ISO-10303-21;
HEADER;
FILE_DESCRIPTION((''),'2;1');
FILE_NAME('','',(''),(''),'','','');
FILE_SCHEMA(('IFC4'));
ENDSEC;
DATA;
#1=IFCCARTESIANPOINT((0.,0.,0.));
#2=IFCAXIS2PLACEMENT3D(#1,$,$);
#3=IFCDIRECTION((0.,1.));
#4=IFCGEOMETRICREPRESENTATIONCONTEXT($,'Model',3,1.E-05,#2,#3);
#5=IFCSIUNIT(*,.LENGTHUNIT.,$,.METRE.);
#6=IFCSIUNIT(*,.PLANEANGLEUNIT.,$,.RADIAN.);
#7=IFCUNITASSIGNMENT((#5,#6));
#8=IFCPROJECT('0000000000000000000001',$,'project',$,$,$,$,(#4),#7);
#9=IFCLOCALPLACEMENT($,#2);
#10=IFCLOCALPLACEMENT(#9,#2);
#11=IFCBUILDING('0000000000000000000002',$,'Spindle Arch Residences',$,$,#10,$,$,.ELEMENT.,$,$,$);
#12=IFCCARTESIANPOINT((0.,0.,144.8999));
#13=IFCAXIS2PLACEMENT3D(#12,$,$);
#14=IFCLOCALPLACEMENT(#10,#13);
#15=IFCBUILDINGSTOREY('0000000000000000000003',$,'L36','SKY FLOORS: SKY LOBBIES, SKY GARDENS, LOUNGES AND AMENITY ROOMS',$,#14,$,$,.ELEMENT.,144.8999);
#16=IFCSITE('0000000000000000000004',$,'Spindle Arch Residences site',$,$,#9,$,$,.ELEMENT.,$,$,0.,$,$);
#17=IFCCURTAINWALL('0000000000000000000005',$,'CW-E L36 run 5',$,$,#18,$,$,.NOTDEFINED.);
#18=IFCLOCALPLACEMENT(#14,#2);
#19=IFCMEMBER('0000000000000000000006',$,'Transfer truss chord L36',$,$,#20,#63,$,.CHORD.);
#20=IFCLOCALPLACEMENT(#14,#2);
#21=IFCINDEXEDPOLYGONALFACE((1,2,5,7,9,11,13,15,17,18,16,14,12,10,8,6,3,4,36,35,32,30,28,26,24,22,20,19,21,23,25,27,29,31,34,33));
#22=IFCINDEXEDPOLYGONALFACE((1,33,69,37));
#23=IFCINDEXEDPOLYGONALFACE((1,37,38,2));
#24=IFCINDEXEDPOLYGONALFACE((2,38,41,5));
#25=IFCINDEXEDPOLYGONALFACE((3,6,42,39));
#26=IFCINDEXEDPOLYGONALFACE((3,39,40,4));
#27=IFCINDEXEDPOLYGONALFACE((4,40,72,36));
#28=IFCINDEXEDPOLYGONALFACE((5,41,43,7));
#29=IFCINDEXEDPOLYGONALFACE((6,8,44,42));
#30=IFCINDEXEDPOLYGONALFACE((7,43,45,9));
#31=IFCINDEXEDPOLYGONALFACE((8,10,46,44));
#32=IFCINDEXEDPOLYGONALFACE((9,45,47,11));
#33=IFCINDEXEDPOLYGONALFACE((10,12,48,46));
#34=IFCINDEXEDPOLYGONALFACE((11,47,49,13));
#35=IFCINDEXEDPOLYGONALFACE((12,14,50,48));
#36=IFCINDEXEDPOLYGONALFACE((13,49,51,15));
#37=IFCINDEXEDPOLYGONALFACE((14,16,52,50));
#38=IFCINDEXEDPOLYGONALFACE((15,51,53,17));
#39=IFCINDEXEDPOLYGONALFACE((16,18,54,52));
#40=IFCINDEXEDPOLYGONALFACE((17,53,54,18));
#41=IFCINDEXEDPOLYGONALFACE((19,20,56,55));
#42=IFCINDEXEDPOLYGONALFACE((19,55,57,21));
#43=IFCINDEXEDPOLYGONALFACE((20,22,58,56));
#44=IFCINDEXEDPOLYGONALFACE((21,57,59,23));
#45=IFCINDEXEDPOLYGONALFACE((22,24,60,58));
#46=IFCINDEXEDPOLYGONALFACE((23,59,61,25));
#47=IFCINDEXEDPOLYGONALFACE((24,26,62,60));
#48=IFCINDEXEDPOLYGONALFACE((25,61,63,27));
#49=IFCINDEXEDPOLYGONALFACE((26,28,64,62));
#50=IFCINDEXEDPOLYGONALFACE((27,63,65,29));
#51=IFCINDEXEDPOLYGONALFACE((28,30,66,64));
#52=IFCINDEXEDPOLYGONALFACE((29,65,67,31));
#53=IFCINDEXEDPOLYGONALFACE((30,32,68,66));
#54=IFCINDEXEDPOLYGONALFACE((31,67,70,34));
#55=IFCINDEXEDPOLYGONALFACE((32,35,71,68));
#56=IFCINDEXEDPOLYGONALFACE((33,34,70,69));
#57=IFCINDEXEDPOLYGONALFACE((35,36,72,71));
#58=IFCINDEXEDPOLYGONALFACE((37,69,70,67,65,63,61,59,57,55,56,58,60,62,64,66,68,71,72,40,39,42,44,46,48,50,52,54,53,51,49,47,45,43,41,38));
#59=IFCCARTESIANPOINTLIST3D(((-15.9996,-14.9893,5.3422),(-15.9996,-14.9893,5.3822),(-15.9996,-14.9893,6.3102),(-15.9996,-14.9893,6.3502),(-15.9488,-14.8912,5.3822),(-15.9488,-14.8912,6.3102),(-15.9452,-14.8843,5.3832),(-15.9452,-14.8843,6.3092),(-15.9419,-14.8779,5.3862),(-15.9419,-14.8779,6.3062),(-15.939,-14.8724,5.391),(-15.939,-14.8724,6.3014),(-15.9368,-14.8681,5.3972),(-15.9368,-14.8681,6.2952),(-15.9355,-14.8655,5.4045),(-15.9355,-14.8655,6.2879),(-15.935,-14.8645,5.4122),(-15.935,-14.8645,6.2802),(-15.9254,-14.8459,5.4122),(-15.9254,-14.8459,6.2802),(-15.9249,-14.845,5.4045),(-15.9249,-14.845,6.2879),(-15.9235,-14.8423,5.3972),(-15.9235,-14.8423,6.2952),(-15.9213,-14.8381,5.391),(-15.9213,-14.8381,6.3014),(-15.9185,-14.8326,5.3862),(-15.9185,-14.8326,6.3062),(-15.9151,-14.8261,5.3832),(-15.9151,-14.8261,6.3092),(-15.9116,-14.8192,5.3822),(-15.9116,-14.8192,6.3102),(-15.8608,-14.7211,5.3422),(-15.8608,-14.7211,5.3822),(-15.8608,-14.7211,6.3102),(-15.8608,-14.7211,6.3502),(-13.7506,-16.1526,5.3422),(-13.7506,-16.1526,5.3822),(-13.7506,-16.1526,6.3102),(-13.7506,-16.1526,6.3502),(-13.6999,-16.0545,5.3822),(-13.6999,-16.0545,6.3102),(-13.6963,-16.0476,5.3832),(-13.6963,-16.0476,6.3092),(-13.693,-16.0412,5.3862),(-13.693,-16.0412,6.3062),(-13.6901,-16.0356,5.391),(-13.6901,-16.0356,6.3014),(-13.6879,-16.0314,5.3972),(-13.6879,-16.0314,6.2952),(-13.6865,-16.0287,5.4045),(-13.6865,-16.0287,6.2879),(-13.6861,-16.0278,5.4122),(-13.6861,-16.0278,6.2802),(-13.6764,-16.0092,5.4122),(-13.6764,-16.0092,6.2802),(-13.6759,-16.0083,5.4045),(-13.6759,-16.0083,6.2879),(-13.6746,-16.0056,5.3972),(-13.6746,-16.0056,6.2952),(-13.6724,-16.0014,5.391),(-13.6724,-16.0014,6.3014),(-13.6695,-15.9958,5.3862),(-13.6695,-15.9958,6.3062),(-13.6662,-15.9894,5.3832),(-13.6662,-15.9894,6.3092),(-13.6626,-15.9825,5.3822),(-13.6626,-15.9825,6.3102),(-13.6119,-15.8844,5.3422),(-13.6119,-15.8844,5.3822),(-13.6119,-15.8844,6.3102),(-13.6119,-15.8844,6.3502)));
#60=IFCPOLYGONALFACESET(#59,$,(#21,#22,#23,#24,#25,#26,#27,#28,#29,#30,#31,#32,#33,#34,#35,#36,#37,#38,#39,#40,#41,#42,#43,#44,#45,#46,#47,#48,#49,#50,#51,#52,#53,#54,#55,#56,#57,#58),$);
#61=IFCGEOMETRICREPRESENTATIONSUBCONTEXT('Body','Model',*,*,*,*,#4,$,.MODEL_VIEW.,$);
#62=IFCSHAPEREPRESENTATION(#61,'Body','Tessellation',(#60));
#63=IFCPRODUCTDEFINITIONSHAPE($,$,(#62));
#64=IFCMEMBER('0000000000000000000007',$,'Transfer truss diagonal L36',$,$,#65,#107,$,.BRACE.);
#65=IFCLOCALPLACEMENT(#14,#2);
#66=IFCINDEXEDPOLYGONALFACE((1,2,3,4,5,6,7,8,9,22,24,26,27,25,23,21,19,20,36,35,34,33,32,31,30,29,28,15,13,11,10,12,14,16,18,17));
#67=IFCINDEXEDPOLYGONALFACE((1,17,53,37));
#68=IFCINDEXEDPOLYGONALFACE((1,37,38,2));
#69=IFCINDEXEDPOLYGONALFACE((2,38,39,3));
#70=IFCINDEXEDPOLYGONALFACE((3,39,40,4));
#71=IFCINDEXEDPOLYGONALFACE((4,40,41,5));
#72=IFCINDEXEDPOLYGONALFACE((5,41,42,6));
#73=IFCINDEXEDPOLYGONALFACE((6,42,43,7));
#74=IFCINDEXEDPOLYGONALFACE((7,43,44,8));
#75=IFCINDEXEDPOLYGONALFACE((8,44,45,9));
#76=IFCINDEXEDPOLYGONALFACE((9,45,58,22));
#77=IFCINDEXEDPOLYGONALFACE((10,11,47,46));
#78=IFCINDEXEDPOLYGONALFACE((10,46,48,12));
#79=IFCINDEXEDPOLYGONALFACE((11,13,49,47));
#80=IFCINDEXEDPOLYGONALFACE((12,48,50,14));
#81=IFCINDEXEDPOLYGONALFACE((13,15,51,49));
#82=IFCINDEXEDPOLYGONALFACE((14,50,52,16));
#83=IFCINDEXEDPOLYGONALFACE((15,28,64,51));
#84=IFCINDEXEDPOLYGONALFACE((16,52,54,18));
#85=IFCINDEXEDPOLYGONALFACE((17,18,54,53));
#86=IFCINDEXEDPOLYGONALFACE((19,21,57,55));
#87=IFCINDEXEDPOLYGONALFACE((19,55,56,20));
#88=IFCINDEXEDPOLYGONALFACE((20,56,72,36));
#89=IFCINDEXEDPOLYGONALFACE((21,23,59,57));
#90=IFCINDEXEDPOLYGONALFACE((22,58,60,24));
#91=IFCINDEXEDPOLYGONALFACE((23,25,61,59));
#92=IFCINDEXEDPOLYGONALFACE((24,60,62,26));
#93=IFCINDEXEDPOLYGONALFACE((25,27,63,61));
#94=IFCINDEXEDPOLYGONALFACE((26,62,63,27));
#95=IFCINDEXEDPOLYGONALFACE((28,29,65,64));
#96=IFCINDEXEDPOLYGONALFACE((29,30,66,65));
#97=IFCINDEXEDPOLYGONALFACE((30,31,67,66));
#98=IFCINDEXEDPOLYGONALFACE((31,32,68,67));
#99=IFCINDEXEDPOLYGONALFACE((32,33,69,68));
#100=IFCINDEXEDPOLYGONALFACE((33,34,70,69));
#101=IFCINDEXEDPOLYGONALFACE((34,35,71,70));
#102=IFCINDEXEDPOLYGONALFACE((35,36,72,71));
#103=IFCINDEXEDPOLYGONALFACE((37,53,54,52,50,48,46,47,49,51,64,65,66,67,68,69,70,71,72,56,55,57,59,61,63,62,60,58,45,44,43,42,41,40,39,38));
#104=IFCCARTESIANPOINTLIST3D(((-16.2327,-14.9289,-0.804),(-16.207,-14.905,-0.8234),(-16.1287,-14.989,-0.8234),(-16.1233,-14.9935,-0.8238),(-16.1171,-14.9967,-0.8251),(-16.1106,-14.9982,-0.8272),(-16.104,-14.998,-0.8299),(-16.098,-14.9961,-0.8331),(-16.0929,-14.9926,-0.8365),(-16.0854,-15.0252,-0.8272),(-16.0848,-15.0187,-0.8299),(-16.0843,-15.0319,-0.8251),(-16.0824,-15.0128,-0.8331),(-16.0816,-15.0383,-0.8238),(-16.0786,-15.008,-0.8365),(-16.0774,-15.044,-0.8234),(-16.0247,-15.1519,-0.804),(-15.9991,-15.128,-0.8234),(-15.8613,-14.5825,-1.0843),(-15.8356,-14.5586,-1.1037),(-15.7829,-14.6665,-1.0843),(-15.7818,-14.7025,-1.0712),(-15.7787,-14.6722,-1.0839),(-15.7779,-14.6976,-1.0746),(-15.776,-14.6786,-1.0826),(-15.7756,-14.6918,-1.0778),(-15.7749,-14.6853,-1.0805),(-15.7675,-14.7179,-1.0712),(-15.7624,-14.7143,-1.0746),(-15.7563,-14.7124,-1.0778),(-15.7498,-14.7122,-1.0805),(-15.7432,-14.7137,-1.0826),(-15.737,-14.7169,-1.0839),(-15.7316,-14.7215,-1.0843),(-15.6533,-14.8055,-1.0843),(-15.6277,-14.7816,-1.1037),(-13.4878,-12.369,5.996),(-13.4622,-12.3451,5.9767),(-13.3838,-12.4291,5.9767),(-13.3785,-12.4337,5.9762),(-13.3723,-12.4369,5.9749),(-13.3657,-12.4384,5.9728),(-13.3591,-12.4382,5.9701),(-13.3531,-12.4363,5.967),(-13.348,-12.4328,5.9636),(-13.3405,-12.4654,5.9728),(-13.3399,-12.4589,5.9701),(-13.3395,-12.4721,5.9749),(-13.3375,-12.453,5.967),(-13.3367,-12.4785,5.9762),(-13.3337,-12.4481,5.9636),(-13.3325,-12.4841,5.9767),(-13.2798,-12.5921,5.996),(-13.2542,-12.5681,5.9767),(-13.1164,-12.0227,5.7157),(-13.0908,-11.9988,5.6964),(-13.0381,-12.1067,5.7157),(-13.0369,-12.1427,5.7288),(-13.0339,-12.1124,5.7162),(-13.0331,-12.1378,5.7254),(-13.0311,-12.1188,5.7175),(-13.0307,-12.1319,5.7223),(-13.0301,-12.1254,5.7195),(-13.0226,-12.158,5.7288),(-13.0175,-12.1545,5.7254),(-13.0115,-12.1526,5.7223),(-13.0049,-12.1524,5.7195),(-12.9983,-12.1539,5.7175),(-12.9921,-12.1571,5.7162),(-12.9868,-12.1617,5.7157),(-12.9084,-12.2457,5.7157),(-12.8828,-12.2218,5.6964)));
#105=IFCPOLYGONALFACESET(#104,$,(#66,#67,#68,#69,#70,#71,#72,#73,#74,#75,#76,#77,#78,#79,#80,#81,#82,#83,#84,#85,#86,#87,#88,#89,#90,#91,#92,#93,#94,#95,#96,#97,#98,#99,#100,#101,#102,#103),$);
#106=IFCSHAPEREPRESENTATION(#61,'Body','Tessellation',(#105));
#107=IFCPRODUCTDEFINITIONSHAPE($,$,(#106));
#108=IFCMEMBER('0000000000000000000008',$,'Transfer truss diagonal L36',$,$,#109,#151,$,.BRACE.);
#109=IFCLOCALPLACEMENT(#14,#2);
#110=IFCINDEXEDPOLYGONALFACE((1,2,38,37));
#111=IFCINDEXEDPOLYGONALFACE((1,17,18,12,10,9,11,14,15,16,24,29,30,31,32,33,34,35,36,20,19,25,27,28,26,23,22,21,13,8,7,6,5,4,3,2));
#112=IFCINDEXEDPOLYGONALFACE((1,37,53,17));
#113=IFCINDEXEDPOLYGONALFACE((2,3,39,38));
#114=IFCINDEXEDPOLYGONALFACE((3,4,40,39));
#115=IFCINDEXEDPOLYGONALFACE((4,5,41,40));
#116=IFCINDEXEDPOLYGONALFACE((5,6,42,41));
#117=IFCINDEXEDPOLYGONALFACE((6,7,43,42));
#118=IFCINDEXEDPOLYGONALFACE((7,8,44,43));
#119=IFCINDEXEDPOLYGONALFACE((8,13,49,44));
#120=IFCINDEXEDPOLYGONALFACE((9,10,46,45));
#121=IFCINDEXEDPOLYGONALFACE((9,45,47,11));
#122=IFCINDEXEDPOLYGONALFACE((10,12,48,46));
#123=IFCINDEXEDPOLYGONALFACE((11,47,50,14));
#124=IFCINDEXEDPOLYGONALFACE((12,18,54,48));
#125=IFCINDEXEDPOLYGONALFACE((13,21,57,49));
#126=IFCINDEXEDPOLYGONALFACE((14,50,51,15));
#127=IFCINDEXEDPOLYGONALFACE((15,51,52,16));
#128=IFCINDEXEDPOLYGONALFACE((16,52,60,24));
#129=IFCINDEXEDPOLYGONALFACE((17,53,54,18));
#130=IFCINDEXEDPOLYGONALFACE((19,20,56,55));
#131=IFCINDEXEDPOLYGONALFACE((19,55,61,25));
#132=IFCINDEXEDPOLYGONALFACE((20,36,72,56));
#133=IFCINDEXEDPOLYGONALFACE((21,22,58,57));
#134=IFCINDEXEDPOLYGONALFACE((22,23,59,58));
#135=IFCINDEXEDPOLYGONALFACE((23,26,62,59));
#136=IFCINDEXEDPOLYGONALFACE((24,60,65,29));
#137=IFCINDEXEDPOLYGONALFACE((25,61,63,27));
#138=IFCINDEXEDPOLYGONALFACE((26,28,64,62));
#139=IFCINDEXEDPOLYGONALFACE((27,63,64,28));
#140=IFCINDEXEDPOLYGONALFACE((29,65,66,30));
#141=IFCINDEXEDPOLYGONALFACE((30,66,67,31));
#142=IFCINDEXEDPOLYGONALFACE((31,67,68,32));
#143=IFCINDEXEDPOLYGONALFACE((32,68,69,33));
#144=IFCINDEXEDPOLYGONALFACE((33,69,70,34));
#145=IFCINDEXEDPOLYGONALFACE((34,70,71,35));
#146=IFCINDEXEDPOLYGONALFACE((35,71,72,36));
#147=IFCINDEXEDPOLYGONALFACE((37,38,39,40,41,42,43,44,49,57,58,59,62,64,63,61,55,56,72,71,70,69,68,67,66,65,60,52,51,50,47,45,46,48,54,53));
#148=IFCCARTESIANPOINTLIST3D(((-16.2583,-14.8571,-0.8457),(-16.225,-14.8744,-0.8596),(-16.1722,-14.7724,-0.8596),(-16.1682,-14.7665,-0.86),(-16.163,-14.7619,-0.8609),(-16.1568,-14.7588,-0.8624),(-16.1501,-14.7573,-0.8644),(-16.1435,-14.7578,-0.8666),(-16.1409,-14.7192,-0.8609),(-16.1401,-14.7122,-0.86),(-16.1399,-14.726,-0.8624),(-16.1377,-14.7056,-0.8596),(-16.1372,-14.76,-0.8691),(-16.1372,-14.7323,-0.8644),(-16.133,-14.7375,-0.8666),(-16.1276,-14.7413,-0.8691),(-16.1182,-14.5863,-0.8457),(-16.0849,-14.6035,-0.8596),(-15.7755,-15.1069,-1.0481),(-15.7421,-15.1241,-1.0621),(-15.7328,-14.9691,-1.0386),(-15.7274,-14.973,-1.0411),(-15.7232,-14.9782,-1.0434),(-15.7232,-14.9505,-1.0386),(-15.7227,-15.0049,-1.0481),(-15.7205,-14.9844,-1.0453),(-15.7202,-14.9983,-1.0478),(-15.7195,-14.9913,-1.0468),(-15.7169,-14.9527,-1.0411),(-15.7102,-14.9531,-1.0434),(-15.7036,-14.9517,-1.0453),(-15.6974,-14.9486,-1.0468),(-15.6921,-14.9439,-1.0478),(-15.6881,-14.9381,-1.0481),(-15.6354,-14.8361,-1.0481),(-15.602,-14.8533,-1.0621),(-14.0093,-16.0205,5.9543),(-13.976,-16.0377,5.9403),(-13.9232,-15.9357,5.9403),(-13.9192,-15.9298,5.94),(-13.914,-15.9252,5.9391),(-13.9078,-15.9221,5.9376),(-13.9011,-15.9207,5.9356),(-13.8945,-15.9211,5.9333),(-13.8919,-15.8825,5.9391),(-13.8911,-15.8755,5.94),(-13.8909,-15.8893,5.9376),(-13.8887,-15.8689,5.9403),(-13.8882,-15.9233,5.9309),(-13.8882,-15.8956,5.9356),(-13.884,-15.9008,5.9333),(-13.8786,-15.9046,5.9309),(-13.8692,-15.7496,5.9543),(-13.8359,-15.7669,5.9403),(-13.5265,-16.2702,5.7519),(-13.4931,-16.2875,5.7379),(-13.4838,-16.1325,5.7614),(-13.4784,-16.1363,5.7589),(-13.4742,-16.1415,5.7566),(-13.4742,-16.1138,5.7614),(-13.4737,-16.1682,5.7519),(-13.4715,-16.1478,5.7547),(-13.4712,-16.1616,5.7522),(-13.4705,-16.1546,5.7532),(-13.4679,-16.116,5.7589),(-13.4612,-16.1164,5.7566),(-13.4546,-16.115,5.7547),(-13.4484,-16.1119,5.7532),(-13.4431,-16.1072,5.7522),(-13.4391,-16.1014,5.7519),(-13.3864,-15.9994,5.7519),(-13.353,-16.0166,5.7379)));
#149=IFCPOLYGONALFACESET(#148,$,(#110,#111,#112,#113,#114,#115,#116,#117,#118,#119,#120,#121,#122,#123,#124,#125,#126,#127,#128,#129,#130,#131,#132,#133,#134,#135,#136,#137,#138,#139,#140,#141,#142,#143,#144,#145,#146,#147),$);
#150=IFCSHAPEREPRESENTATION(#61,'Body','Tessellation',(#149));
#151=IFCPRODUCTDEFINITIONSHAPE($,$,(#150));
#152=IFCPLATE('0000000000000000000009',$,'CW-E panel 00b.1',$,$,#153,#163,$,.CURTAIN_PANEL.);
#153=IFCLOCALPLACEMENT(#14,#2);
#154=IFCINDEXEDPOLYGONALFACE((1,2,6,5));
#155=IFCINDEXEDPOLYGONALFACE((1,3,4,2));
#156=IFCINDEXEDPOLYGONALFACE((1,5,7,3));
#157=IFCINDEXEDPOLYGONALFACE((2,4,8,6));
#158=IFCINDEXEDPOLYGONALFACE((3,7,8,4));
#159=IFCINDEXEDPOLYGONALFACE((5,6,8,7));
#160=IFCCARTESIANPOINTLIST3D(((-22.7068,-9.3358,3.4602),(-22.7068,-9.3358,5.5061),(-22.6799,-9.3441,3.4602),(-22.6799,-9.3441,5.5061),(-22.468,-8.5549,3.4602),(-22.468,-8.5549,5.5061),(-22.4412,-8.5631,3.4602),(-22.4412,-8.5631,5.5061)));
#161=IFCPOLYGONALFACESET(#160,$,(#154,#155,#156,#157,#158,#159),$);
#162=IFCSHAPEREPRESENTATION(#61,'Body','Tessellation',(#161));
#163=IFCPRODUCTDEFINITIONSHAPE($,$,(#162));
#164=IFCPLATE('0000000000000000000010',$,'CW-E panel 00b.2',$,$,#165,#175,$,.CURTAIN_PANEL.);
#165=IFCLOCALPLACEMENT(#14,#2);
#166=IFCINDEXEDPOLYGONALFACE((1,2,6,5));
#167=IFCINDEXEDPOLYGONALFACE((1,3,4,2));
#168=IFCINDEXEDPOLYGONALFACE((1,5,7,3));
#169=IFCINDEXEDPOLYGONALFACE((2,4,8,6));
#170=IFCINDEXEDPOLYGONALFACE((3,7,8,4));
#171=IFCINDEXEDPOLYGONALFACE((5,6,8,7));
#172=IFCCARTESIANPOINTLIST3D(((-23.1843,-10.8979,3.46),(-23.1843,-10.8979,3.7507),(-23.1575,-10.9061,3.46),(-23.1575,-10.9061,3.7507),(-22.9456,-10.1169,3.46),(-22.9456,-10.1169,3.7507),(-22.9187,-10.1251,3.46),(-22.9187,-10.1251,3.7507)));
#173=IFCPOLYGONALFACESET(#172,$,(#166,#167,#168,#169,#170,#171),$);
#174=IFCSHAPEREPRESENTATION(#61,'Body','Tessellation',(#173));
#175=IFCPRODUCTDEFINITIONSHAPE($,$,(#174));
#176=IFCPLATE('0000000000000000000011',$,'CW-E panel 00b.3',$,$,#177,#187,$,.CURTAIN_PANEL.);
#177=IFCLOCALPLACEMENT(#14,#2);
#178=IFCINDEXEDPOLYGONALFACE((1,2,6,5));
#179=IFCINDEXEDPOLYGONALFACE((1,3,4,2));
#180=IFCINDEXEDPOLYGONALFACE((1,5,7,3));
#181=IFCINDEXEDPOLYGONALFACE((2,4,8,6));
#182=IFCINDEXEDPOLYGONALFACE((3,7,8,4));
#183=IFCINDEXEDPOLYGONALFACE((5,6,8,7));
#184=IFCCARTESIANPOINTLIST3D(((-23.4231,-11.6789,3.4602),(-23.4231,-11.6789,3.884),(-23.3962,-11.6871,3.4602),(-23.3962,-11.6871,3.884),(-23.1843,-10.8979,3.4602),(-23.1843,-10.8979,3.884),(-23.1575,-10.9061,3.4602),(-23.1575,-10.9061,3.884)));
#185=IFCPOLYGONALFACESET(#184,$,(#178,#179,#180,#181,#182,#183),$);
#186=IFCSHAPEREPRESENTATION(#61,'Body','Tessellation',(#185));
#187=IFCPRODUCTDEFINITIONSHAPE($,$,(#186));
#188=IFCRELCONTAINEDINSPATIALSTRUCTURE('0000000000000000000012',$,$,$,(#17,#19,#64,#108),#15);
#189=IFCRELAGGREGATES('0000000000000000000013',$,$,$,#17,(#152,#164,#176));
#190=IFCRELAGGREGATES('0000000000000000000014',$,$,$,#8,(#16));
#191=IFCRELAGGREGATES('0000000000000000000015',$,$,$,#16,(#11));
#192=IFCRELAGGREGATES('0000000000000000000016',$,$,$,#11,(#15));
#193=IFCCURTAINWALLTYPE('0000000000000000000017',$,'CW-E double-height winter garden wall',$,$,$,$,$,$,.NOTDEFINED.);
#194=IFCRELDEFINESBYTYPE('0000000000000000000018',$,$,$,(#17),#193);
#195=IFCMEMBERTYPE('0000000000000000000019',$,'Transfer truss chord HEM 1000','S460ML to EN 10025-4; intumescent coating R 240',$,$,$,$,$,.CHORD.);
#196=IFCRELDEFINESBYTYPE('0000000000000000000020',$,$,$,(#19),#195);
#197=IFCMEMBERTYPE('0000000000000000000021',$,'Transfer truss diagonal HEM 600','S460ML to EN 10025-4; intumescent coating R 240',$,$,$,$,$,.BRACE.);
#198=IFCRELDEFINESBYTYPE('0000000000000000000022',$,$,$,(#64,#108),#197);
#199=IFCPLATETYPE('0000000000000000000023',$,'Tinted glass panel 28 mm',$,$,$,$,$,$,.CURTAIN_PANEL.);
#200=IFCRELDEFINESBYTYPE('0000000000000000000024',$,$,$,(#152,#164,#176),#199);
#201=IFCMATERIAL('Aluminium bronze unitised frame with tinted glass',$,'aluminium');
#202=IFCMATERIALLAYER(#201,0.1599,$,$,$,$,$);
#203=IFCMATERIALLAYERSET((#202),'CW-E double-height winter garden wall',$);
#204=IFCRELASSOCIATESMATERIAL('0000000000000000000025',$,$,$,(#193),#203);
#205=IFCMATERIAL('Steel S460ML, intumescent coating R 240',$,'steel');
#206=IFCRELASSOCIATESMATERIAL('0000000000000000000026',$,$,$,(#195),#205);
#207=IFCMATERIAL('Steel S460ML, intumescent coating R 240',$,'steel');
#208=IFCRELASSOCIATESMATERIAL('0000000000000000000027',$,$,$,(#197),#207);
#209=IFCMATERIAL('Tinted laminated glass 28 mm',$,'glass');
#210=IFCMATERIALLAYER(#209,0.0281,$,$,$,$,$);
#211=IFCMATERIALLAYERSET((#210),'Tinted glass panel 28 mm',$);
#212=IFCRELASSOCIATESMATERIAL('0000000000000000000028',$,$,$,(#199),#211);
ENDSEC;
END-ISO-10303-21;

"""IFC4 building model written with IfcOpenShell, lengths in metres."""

from ifc_helpers import new_model, si_unit, direction, frame, origin, origin_2d, place, context, subcontext, project, spatial, rectangle, i_section, extrude, material, layer, layer_set, material_profile, profile_set, type_object, element, aggregate, save


model = new_model("IFC4")

# Units and contexts
model_context = context("Model", 3, precision=1e-05, world=origin(), true_north=direction((0.0, 1.0)))
body_context = subcontext(model_context, "Body", "Model", "MODEL_VIEW")
ifc_project = project(units=[si_unit("LENGTHUNIT", "METRE"), si_unit("PLANEANGLEUNIT", "RADIAN")], contexts=[model_context])

# Site, building, storey
site_placement = place(None, origin())
site = spatial("IfcSite", under=ifc_project, at=site_placement, Name="Spindle Arch Residences site", CompositionType="ELEMENT", RefElevation=0.0)
building_placement = place(site_placement, origin())
building = spatial("IfcBuilding", under=site, at=building_placement, Name="Spindle Arch Residences", CompositionType="ELEMENT")
storey_placement = place(building_placement, frame((0.0, 0.0, 144.8999)))
storey = spatial("IfcBuildingStorey", under=building, at=storey_placement, Name="L36", Description="SKY FLOORS: SKY LOBBIES, SKY GARDENS, LOUNGES AND AMENITY ROOMS", CompositionType="ELEMENT", Elevation=144.8999)

# Curtain wall
ifc_material_1 = material(Name="Aluminium bronze unitised frame with tinted glass", Category="aluminium")
ifc_layer_1 = layer(ifc_material_1, 0.1599)
ifc_layer_set_1 = layer_set([ifc_layer_1], Name="CW-E double-height winter garden wall")
curtain_wall_type = type_object("IfcCurtainWallType", Name="CW-E double-height winter garden wall", PredefinedType="NOTDEFINED", material=ifc_layer_set_1)
curtain_wall_placement = place(storey_placement, origin())
curtain_wall = element("IfcCurtainWall", 1, at=curtain_wall_placement, inside=storey, type_object=curtain_wall_type, Name="CW-E L36 run 5", PredefinedType="NOTDEFINED")

# Members
ifc_material_2 = material(Name="Steel S460ML, intumescent coating R 240", Category="steel")
ifc_material_profile_1 = material_profile(ifc_material_2, i_section(OverallWidth=0.302, OverallDepth=1.0081, WebThickness=0.021, FlangeThickness=0.04, FilletRadius=0.03, at=origin_2d()), Name="HEM 1000")
ifc_profile_set_1 = profile_set([ifc_material_profile_1], Name="Steel S460ML, intumescent coating R 240")
member_type_1 = type_object("IfcMemberType", Name="Transfer truss chord HEM 1000", Description="S460ML to EN 10025-4; intumescent coating R 240", PredefinedType="CHORD", material=ifc_profile_set_1)
for number, where, z_axis, x_axis, name in (
    (2, (-15.9302, -14.8552, 5.8462), (0.888211, -0.459436, 0.0), (0.459436, 0.888211, 0.0), "Transfer truss chord L36"),
):
    element("IfcMember", number, at=place(storey_placement, frame(where, z_axis=z_axis, x_axis=x_axis)), inside=storey, type_object=member_type_1, Name=name, PredefinedType="CHORD", context=body_context, shape_type="SweptSolid", body=[
        extrude(i_section(OverallWidth=0.302, OverallDepth=1.0081, WebThickness=0.021, FlangeThickness=0.04, FilletRadius=0.03, at=origin_2d()), origin(), (0.0, 0.0, 1.0), 2.532),
    ])
ifc_material_3 = material(Name="Steel S460ML, intumescent coating R 240", Category="steel")
ifc_material_profile_2 = material_profile(ifc_material_3, i_section(OverallWidth=0.3049, OverallDepth=0.6201, WebThickness=0.021, FlangeThickness=0.04, FilletRadius=0.0271, at=origin_2d()), Name="HEM 600")
ifc_profile_set_2 = profile_set([ifc_material_profile_2], Name="Steel S460ML, intumescent coating R 240")
member_type_2 = type_object("IfcMemberType", Name="Transfer truss diagonal HEM 600", Description="S460ML to EN 10025-4; intumescent coating R 240", PredefinedType="BRACE", material=ifc_profile_set_2)
member_1_placement = place(storey_placement, frame((-15.9302, -14.8552, -0.9539), z_axis=(0.353398, 0.329572, 0.875495), x_axis=(-0.682024, 0.73133, 0.0)))
element("IfcMember", 3, at=member_1_placement, inside=storey, type_object=member_type_2, Name="Transfer truss diagonal L36", PredefinedType="BRACE", context=body_context, shape_type="SweptSolid", body=[
    extrude(i_section(OverallWidth=0.3049, OverallDepth=0.6201, WebThickness=0.021, FlangeThickness=0.04, FilletRadius=0.0271, at=origin_2d()), origin(), (0.0, 0.0, 1.0), 7.7671),
])
member_2_placement = place(storey_placement, frame((-15.9302, -14.8552, -0.9539), z_axis=(0.309946, -0.160323, 0.937139), x_axis=(0.459436, 0.888211, 0.0)))
element("IfcMember", 4, at=member_2_placement, inside=storey, type_object=member_type_2, Name="Transfer truss diagonal L36", PredefinedType="BRACE", context=body_context, shape_type="SweptSolid", body=[
    extrude(i_section(OverallWidth=0.3049, OverallDepth=0.6201, WebThickness=0.021, FlangeThickness=0.04, FilletRadius=0.0271, at=origin_2d()), origin(), (0.0, 0.0, 1.0), 7.2561),
])

# Plates
ifc_material_4 = material(Name="Tinted laminated glass 28 mm", Category="glass")
ifc_layer_2 = layer(ifc_material_4, 0.0281)
ifc_layer_set_2 = layer_set([ifc_layer_2], Name="Tinted glass panel 28 mm")
plate_type_1 = type_object("IfcPlateType", Name="Tinted glass panel 28 mm", PredefinedType="CURTAIN_PANEL", material=ifc_layer_set_2)
plate_1_placement = place(storey_placement, frame((-22.574, -8.9495, 3.4602), z_axis=(0.0, 0.0, 1.0), x_axis=(-0.292372, -0.956305, 0.0)))
plate_1 = element("IfcPlate", 5, at=plate_1_placement, type_object=plate_type_1, Name="CW-E panel 00b.1", PredefinedType="CURTAIN_PANEL", context=body_context, shape_type="SweptSolid", body=[
    extrude(rectangle(XDim=0.8167, YDim=0.0281, at=origin_2d()), origin(), (0.0, 0.0, 1.0), 2.0459),
])
plate_2_placement = place(storey_placement, frame((-23.0515, -10.5115, 3.46), z_axis=(0.0, 0.0, 1.0), x_axis=(-0.292372, -0.956305, 0.0)))
plate_2 = element("IfcPlate", 6, at=plate_2_placement, type_object=plate_type_1, Name="CW-E panel 00b.2", PredefinedType="CURTAIN_PANEL", context=body_context, shape_type="SweptSolid", body=[
    extrude(rectangle(XDim=0.8167, YDim=0.0281, at=origin_2d()), origin(), (0.0, 0.0, 1.0), 0.2908),
])
plate_3_placement = place(storey_placement, frame((-23.2903, -11.2925, 3.4602), z_axis=(0.0, 0.0, 1.0), x_axis=(-0.292372, -0.956305, 0.0)))
plate_3 = element("IfcPlate", 7, at=plate_3_placement, type_object=plate_type_1, Name="CW-E panel 00b.3", PredefinedType="CURTAIN_PANEL", context=body_context, shape_type="SweptSolid", body=[
    extrude(rectangle(XDim=0.8167, YDim=0.0281, at=origin_2d()), origin(), (0.0, 0.0, 1.0), 0.4238),
])
aggregate(curtain_wall, [plate_1, plate_2, plate_3])

save(model, "model.ifc")
